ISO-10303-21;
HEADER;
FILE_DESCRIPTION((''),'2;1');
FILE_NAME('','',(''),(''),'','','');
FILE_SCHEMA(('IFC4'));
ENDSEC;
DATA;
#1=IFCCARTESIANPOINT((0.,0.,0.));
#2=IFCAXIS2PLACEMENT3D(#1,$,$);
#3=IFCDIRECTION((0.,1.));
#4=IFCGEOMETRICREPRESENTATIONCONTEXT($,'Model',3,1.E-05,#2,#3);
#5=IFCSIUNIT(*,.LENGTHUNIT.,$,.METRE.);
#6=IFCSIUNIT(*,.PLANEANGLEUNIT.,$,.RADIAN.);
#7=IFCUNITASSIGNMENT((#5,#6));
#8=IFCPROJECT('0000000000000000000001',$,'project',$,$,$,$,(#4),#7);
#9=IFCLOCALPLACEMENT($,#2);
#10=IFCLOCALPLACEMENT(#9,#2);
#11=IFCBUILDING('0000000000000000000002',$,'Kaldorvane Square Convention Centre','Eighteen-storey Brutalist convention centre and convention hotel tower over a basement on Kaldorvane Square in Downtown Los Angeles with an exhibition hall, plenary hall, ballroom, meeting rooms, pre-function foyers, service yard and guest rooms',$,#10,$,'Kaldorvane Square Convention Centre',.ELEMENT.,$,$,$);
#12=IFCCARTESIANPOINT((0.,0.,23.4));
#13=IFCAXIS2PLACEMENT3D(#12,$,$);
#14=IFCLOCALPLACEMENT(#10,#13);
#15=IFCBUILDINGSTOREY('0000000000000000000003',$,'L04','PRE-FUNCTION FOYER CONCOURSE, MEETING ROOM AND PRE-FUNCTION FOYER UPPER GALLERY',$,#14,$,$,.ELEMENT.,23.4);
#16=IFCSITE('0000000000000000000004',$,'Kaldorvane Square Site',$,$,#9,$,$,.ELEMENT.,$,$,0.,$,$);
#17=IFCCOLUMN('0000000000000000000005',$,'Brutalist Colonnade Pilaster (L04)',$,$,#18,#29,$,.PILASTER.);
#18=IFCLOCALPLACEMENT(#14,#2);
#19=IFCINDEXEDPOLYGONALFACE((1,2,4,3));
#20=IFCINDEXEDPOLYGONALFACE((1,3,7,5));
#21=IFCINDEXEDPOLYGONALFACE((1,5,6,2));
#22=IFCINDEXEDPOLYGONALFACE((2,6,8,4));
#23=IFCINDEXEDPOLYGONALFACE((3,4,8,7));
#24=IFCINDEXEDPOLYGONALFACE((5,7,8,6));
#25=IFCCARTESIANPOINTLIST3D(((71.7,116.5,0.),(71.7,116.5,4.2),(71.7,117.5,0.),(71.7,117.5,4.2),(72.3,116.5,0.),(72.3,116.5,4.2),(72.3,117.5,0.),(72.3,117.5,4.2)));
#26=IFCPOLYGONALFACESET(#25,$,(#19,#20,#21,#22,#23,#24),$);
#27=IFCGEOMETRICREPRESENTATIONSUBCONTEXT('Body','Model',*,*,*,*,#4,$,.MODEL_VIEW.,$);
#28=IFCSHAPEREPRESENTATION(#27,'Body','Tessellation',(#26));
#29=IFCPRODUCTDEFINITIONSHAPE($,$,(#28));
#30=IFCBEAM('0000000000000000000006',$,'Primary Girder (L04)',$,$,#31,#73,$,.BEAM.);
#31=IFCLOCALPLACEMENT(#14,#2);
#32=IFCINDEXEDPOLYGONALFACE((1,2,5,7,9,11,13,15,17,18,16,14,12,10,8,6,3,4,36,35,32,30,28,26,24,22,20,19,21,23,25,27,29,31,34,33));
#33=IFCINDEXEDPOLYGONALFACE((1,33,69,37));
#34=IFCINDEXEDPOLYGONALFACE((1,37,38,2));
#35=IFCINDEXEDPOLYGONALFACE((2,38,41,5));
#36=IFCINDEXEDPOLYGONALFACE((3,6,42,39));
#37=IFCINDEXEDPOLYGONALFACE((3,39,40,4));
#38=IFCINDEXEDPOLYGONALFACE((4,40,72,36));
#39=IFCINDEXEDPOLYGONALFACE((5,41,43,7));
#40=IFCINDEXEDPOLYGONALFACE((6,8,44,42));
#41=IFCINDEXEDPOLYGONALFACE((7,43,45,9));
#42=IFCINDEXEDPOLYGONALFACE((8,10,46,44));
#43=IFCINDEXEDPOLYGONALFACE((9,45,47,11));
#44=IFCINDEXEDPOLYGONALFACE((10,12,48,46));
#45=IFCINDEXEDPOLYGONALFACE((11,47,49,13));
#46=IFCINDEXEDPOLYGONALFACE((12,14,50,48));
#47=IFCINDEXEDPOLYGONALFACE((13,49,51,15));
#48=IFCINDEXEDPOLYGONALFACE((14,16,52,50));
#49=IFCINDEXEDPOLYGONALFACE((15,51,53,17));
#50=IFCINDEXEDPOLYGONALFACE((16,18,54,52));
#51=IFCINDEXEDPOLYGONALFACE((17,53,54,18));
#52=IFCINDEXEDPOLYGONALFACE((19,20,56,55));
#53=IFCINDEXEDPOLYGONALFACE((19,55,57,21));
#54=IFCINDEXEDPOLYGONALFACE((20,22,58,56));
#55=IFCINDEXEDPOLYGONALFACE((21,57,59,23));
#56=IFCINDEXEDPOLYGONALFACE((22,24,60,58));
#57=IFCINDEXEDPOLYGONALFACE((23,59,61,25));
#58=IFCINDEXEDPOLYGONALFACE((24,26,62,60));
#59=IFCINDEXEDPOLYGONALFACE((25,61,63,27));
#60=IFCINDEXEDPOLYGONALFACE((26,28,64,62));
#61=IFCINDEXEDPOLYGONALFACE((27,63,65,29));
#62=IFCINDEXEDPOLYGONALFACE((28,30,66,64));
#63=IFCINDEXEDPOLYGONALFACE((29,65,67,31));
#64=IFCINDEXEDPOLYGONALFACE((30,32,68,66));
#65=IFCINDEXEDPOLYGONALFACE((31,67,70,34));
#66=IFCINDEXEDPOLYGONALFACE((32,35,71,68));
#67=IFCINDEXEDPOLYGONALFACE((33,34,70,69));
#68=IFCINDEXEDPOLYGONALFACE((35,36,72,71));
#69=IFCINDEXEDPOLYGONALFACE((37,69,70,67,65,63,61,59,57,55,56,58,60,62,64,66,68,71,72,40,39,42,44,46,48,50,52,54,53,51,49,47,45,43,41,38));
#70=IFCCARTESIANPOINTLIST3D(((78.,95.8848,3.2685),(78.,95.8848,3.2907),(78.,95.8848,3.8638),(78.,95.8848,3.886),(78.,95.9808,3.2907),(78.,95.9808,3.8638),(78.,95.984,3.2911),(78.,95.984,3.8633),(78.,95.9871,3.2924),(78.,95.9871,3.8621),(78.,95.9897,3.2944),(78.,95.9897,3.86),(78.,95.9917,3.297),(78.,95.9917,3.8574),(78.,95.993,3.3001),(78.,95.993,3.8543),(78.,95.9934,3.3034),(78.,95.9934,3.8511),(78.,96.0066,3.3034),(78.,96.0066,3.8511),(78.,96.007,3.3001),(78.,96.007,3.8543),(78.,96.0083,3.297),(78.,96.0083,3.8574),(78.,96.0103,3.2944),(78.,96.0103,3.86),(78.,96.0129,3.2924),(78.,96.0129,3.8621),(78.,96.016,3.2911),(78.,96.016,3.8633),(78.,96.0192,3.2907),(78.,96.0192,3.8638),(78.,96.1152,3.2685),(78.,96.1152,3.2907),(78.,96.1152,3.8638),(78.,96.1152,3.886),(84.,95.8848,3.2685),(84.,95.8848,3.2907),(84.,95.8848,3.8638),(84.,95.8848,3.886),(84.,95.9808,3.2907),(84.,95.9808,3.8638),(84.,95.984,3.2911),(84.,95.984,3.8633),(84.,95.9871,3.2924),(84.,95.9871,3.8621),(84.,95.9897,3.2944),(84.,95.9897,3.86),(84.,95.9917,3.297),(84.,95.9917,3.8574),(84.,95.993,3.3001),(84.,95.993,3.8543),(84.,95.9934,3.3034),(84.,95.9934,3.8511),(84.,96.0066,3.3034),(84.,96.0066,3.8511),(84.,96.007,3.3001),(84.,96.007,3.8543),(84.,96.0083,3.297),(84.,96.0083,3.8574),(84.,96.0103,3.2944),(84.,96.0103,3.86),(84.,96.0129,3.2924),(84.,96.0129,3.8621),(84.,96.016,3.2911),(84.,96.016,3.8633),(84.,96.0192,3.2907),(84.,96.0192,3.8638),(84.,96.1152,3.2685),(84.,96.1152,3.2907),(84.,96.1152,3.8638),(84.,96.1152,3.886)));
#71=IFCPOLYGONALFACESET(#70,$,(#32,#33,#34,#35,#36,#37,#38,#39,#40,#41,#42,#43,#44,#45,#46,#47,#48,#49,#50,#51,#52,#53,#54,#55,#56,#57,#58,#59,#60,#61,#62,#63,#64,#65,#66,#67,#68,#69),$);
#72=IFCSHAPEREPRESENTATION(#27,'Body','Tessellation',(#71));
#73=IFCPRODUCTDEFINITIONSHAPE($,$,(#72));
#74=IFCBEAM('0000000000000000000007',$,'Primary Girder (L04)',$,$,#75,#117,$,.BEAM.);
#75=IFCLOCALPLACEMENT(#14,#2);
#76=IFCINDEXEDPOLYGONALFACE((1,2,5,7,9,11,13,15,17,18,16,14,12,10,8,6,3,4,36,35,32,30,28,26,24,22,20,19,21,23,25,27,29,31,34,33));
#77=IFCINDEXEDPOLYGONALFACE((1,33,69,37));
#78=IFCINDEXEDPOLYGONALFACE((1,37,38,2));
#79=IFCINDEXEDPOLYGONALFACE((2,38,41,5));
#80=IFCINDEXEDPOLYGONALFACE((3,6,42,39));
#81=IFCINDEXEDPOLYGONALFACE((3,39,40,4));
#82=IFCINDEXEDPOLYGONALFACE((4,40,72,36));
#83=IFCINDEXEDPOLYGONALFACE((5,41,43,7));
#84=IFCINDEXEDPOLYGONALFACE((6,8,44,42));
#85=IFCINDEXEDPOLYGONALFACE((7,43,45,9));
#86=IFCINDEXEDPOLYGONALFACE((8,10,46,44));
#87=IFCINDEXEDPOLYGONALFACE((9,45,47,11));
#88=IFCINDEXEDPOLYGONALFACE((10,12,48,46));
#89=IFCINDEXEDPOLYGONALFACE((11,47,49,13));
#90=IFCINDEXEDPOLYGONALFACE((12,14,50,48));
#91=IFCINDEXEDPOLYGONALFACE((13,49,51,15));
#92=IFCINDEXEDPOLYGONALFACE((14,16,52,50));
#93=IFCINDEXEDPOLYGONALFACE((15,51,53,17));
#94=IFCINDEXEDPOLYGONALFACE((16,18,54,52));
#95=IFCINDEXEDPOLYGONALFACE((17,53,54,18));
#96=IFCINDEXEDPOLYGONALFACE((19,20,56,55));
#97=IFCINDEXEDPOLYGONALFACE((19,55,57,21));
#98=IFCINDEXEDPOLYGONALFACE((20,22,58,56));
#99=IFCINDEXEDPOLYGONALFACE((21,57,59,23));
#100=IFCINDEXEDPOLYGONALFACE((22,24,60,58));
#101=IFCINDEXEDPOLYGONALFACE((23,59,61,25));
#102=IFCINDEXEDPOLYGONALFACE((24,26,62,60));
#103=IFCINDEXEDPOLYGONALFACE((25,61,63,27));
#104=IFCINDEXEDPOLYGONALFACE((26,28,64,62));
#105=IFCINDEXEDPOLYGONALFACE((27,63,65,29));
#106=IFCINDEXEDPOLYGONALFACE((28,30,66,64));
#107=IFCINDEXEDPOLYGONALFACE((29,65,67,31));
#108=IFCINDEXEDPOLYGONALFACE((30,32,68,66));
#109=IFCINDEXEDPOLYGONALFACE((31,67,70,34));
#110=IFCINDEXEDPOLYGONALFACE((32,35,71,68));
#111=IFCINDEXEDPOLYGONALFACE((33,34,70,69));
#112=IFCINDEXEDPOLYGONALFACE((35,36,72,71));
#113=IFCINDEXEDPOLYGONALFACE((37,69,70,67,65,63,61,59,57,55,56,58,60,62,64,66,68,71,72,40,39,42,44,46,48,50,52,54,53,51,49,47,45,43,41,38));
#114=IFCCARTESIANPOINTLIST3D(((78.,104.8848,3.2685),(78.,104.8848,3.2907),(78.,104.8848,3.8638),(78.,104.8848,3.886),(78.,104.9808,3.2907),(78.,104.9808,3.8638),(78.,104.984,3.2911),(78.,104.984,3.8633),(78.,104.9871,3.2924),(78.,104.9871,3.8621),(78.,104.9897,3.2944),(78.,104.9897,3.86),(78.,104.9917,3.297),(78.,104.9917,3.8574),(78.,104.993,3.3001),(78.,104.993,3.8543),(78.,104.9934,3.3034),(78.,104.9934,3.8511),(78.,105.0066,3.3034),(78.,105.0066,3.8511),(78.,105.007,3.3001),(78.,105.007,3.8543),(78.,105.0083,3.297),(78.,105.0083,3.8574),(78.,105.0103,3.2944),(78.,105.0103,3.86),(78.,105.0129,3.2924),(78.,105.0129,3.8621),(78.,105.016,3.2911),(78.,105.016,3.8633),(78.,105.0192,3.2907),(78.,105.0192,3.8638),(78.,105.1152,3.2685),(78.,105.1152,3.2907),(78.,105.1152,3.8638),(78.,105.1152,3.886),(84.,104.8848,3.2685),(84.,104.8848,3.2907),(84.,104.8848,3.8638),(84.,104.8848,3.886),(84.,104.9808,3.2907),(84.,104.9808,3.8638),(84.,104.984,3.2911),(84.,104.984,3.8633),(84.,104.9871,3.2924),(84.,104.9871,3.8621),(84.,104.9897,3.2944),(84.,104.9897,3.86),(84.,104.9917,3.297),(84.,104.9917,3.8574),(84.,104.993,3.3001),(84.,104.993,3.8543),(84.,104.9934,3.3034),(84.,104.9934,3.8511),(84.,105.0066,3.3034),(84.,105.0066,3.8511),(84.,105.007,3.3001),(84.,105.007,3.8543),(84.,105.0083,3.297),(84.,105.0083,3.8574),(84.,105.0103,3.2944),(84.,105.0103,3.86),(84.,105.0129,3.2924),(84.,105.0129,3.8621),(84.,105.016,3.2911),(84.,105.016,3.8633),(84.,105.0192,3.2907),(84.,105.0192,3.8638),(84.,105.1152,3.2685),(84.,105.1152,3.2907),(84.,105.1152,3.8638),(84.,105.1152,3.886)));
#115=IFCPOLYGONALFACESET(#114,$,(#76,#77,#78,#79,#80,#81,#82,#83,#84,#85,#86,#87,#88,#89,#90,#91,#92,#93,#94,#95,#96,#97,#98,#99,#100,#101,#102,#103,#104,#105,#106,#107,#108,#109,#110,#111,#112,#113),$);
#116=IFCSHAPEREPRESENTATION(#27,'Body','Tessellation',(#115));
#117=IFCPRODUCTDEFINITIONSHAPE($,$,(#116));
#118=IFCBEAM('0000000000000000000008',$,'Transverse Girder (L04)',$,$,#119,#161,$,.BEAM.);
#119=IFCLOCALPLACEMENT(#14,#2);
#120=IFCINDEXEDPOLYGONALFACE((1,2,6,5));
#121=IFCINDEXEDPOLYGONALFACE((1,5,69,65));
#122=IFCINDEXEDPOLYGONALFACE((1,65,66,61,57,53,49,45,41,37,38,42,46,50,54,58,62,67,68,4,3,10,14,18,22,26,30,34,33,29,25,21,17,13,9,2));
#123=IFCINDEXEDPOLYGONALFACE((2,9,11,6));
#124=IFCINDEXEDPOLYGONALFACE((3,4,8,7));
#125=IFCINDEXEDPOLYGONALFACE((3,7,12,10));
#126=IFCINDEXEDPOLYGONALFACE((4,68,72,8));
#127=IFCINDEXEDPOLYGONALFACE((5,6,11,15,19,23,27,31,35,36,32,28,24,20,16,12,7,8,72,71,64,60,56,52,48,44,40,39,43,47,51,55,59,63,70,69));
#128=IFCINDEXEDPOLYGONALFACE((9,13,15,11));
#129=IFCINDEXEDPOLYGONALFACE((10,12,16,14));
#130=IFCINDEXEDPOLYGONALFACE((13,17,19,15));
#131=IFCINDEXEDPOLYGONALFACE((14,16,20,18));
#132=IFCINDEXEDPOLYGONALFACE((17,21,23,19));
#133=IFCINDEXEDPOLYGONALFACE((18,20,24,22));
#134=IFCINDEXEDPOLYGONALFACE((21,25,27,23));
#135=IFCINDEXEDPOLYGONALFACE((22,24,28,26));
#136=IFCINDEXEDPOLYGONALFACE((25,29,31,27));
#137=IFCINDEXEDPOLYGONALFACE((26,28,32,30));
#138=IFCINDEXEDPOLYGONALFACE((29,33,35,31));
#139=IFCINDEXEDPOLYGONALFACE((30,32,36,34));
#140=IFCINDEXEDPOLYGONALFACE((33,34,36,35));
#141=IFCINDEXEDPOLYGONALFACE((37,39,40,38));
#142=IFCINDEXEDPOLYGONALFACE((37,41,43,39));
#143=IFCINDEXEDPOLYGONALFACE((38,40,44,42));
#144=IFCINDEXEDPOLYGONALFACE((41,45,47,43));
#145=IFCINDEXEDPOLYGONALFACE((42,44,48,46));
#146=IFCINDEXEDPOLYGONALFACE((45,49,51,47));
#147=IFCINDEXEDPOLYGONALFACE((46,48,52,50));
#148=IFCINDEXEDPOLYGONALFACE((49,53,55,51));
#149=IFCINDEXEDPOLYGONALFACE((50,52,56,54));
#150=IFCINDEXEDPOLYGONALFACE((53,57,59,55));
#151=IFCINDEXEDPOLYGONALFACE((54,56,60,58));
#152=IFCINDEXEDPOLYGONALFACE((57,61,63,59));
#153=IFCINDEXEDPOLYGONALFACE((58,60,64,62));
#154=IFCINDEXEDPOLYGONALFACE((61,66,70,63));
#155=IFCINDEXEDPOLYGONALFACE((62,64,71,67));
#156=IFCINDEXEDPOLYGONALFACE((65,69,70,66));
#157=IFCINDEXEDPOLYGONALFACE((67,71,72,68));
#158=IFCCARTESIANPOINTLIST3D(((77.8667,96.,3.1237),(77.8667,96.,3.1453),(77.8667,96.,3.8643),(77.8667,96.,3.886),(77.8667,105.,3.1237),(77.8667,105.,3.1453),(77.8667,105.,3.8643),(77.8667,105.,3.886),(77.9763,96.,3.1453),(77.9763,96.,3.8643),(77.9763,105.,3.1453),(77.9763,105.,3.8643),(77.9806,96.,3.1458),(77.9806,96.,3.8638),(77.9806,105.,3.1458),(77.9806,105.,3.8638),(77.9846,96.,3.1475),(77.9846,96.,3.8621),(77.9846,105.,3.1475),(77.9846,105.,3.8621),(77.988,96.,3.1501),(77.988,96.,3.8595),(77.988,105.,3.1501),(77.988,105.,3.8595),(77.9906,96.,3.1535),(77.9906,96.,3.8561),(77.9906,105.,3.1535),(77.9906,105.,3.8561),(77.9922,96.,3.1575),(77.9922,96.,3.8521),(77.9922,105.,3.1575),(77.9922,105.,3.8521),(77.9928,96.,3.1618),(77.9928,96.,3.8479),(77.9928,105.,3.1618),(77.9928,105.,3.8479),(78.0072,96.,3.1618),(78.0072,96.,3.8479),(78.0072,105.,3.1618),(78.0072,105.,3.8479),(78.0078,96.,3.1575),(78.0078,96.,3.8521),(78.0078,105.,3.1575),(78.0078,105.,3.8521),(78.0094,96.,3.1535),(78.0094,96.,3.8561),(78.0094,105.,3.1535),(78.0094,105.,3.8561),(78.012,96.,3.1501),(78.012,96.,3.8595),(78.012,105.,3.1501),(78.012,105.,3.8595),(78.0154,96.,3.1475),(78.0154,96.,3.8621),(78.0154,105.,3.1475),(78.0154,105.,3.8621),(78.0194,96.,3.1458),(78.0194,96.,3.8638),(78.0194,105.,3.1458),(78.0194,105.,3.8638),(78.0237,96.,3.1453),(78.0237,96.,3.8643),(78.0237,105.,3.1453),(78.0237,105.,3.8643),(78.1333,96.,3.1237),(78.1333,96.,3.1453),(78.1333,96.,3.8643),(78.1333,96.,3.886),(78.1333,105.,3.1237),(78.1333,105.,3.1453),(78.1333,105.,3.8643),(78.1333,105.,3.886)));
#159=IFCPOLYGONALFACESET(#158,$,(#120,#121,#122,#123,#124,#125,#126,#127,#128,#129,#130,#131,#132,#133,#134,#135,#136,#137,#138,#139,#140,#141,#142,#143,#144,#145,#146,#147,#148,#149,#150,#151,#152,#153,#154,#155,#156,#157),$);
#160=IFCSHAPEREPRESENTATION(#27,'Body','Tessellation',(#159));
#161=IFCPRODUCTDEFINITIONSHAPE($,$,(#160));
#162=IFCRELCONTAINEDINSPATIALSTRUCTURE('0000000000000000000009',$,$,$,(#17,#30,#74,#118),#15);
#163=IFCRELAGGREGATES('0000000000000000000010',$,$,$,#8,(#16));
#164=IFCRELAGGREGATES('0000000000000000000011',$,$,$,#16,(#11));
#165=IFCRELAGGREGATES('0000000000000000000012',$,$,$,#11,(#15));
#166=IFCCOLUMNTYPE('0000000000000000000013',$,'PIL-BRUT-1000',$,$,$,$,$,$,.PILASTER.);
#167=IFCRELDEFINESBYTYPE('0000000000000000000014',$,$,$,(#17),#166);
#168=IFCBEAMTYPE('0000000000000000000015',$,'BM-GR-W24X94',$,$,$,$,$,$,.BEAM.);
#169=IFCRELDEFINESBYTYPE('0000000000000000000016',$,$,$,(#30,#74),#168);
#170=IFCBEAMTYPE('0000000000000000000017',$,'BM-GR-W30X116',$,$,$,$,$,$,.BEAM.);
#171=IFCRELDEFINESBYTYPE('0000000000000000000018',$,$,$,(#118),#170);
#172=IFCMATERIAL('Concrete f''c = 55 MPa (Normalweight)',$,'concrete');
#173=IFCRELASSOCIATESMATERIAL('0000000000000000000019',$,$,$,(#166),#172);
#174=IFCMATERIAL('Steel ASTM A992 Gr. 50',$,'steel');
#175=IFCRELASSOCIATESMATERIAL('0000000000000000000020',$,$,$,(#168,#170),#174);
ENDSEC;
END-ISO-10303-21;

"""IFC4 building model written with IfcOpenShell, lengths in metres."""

from ifc_helpers import new_model, si_unit, direction, frame, origin, origin_2d, place, context, subcontext, project, spatial, rectangle, i_section, extrude, material, material_profile, profile_set, type_object, element, save


model = new_model("IFC4")

# Units and contexts
model_context = context("Model", 3, precision=1e-05, world=origin(), true_north=direction((0.0, 1.0)))
body_context = subcontext(model_context, "Body", "Model", "MODEL_VIEW")
ifc_project = project(units=[si_unit("LENGTHUNIT", "METRE"), si_unit("PLANEANGLEUNIT", "RADIAN")], contexts=[model_context])

# Site, building, storey
site_placement = place(None, origin())
site = spatial("IfcSite", under=ifc_project, at=site_placement, Name="Kaldorvane Square Site", CompositionType="ELEMENT", RefElevation=0.0)
building_placement = place(site_placement, origin())
building = spatial("IfcBuilding", under=site, at=building_placement, Name="Kaldorvane Square Convention Centre", Description="Eighteen-storey Brutalist convention centre and convention hotel tower over a basement on Kaldorvane Square in Downtown Los Angeles with an exhibition hall, plenary hall, ballroom, meeting rooms, pre-function foyers, service yard and guest rooms", LongName="Kaldorvane Square Convention Centre", CompositionType="ELEMENT")
storey_placement = place(building_placement, frame((0.0, 0.0, 23.4)))
storey = spatial("IfcBuildingStorey", under=building, at=storey_placement, Name="L04", Description="PRE-FUNCTION FOYER CONCOURSE, MEETING ROOM AND PRE-FUNCTION FOYER UPPER GALLERY", CompositionType="ELEMENT", Elevation=23.4)

# Column
ifc_material_1 = material(Name="Concrete f'c = 55 MPa (Normalweight)", Category="concrete")
ifc_material_2 = material(Name="Steel ASTM A992 Gr. 50", Category="steel")
ifc_material_profile_1 = material_profile(ifc_material_1, rectangle(XDim=0.6, YDim=1.0, at=origin_2d()), Name="PIL1000X600")
ifc_profile_set_1 = profile_set([ifc_material_profile_1], Name="Concrete f'c = 55 MPa (Normalweight)")
column_type_1 = type_object("IfcColumnType", Name="PIL-BRUT-1000", PredefinedType="PILASTER", material=ifc_profile_set_1)
column_1_placement = place(storey_placement, frame((72.0, 117.0, 0.0), z_axis=(0.0, 0.0, 1.0), x_axis=(1.0, 0.0, 0.0)))
element("IfcColumn", 1, at=column_1_placement, inside=storey, type_object=column_type_1, Name="Brutalist Colonnade Pilaster (L04)", PredefinedType="PILASTER", context=body_context, shape_type="SweptSolid", body=[
    extrude(rectangle(XDim=0.6, YDim=1.0, at=origin_2d()), origin(), (0.0, 0.0, 1.0), 4.2),
])

# Beams
ifc_material_profile_2 = material_profile(ifc_material_2, i_section(OverallWidth=0.2303, OverallDepth=0.6175, WebThickness=0.0131, FlangeThickness=0.0222, FilletRadius=0.0127, at=origin_2d()), Name="W24X94")
ifc_profile_set_2 = profile_set([ifc_material_profile_2], Name="Steel ASTM A992 Gr. 50")
beam_type_1 = type_object("IfcBeamType", Name="BM-GR-W24X94", PredefinedType="BEAM", material=ifc_profile_set_2)
for number, where, z_axis, x_axis, name in (
    (2, (78.0, 96.0, 3.5772), (1.0, 0.0, 0.0), (0.0, 1.0, 0.0), "Primary Girder (L04)"),
    (3, (78.0, 105.0, 3.5772), (1.0, 0.0, 0.0), (0.0, 1.0, 0.0), "Primary Girder (L04)"),
):
    element("IfcBeam", number, at=place(storey_placement, frame(where, z_axis=z_axis, x_axis=x_axis)), inside=storey, type_object=beam_type_1, Name=name, PredefinedType="BEAM", context=body_context, shape_type="SweptSolid", body=[
        extrude(i_section(OverallWidth=0.2303, OverallDepth=0.6175, WebThickness=0.0131, FlangeThickness=0.0222, FilletRadius=0.0127, at=origin_2d()), origin(), (0.0, 0.0, 1.0), 6.0),
    ])
ifc_material_profile_3 = material_profile(ifc_material_2, i_section(OverallWidth=0.2666, OverallDepth=0.7623, WebThickness=0.0144, FlangeThickness=0.0216, FilletRadius=0.0165, at=origin_2d()), Name="W30X116")
ifc_profile_set_3 = profile_set([ifc_material_profile_3], Name="Steel ASTM A992 Gr. 50")
beam_type_2 = type_object("IfcBeamType", Name="BM-GR-W30X116", PredefinedType="BEAM", material=ifc_profile_set_3)
beam_1_placement = place(storey_placement, frame((78.0, 96.0, 3.5048), z_axis=(0.0, 1.0, 0.0), x_axis=(-1.0, 0.0, 0.0)))
element("IfcBeam", 4, at=beam_1_placement, inside=storey, type_object=beam_type_2, Name="Transverse Girder (L04)", PredefinedType="BEAM", context=body_context, shape_type="SweptSolid", body=[
    extrude(i_section(OverallWidth=0.2666, OverallDepth=0.7623, WebThickness=0.0144, FlangeThickness=0.0216, FilletRadius=0.0165, at=origin_2d()), origin(), (0.0, 0.0, 1.0), 9.0),
])

save(model, "model.ifc")
